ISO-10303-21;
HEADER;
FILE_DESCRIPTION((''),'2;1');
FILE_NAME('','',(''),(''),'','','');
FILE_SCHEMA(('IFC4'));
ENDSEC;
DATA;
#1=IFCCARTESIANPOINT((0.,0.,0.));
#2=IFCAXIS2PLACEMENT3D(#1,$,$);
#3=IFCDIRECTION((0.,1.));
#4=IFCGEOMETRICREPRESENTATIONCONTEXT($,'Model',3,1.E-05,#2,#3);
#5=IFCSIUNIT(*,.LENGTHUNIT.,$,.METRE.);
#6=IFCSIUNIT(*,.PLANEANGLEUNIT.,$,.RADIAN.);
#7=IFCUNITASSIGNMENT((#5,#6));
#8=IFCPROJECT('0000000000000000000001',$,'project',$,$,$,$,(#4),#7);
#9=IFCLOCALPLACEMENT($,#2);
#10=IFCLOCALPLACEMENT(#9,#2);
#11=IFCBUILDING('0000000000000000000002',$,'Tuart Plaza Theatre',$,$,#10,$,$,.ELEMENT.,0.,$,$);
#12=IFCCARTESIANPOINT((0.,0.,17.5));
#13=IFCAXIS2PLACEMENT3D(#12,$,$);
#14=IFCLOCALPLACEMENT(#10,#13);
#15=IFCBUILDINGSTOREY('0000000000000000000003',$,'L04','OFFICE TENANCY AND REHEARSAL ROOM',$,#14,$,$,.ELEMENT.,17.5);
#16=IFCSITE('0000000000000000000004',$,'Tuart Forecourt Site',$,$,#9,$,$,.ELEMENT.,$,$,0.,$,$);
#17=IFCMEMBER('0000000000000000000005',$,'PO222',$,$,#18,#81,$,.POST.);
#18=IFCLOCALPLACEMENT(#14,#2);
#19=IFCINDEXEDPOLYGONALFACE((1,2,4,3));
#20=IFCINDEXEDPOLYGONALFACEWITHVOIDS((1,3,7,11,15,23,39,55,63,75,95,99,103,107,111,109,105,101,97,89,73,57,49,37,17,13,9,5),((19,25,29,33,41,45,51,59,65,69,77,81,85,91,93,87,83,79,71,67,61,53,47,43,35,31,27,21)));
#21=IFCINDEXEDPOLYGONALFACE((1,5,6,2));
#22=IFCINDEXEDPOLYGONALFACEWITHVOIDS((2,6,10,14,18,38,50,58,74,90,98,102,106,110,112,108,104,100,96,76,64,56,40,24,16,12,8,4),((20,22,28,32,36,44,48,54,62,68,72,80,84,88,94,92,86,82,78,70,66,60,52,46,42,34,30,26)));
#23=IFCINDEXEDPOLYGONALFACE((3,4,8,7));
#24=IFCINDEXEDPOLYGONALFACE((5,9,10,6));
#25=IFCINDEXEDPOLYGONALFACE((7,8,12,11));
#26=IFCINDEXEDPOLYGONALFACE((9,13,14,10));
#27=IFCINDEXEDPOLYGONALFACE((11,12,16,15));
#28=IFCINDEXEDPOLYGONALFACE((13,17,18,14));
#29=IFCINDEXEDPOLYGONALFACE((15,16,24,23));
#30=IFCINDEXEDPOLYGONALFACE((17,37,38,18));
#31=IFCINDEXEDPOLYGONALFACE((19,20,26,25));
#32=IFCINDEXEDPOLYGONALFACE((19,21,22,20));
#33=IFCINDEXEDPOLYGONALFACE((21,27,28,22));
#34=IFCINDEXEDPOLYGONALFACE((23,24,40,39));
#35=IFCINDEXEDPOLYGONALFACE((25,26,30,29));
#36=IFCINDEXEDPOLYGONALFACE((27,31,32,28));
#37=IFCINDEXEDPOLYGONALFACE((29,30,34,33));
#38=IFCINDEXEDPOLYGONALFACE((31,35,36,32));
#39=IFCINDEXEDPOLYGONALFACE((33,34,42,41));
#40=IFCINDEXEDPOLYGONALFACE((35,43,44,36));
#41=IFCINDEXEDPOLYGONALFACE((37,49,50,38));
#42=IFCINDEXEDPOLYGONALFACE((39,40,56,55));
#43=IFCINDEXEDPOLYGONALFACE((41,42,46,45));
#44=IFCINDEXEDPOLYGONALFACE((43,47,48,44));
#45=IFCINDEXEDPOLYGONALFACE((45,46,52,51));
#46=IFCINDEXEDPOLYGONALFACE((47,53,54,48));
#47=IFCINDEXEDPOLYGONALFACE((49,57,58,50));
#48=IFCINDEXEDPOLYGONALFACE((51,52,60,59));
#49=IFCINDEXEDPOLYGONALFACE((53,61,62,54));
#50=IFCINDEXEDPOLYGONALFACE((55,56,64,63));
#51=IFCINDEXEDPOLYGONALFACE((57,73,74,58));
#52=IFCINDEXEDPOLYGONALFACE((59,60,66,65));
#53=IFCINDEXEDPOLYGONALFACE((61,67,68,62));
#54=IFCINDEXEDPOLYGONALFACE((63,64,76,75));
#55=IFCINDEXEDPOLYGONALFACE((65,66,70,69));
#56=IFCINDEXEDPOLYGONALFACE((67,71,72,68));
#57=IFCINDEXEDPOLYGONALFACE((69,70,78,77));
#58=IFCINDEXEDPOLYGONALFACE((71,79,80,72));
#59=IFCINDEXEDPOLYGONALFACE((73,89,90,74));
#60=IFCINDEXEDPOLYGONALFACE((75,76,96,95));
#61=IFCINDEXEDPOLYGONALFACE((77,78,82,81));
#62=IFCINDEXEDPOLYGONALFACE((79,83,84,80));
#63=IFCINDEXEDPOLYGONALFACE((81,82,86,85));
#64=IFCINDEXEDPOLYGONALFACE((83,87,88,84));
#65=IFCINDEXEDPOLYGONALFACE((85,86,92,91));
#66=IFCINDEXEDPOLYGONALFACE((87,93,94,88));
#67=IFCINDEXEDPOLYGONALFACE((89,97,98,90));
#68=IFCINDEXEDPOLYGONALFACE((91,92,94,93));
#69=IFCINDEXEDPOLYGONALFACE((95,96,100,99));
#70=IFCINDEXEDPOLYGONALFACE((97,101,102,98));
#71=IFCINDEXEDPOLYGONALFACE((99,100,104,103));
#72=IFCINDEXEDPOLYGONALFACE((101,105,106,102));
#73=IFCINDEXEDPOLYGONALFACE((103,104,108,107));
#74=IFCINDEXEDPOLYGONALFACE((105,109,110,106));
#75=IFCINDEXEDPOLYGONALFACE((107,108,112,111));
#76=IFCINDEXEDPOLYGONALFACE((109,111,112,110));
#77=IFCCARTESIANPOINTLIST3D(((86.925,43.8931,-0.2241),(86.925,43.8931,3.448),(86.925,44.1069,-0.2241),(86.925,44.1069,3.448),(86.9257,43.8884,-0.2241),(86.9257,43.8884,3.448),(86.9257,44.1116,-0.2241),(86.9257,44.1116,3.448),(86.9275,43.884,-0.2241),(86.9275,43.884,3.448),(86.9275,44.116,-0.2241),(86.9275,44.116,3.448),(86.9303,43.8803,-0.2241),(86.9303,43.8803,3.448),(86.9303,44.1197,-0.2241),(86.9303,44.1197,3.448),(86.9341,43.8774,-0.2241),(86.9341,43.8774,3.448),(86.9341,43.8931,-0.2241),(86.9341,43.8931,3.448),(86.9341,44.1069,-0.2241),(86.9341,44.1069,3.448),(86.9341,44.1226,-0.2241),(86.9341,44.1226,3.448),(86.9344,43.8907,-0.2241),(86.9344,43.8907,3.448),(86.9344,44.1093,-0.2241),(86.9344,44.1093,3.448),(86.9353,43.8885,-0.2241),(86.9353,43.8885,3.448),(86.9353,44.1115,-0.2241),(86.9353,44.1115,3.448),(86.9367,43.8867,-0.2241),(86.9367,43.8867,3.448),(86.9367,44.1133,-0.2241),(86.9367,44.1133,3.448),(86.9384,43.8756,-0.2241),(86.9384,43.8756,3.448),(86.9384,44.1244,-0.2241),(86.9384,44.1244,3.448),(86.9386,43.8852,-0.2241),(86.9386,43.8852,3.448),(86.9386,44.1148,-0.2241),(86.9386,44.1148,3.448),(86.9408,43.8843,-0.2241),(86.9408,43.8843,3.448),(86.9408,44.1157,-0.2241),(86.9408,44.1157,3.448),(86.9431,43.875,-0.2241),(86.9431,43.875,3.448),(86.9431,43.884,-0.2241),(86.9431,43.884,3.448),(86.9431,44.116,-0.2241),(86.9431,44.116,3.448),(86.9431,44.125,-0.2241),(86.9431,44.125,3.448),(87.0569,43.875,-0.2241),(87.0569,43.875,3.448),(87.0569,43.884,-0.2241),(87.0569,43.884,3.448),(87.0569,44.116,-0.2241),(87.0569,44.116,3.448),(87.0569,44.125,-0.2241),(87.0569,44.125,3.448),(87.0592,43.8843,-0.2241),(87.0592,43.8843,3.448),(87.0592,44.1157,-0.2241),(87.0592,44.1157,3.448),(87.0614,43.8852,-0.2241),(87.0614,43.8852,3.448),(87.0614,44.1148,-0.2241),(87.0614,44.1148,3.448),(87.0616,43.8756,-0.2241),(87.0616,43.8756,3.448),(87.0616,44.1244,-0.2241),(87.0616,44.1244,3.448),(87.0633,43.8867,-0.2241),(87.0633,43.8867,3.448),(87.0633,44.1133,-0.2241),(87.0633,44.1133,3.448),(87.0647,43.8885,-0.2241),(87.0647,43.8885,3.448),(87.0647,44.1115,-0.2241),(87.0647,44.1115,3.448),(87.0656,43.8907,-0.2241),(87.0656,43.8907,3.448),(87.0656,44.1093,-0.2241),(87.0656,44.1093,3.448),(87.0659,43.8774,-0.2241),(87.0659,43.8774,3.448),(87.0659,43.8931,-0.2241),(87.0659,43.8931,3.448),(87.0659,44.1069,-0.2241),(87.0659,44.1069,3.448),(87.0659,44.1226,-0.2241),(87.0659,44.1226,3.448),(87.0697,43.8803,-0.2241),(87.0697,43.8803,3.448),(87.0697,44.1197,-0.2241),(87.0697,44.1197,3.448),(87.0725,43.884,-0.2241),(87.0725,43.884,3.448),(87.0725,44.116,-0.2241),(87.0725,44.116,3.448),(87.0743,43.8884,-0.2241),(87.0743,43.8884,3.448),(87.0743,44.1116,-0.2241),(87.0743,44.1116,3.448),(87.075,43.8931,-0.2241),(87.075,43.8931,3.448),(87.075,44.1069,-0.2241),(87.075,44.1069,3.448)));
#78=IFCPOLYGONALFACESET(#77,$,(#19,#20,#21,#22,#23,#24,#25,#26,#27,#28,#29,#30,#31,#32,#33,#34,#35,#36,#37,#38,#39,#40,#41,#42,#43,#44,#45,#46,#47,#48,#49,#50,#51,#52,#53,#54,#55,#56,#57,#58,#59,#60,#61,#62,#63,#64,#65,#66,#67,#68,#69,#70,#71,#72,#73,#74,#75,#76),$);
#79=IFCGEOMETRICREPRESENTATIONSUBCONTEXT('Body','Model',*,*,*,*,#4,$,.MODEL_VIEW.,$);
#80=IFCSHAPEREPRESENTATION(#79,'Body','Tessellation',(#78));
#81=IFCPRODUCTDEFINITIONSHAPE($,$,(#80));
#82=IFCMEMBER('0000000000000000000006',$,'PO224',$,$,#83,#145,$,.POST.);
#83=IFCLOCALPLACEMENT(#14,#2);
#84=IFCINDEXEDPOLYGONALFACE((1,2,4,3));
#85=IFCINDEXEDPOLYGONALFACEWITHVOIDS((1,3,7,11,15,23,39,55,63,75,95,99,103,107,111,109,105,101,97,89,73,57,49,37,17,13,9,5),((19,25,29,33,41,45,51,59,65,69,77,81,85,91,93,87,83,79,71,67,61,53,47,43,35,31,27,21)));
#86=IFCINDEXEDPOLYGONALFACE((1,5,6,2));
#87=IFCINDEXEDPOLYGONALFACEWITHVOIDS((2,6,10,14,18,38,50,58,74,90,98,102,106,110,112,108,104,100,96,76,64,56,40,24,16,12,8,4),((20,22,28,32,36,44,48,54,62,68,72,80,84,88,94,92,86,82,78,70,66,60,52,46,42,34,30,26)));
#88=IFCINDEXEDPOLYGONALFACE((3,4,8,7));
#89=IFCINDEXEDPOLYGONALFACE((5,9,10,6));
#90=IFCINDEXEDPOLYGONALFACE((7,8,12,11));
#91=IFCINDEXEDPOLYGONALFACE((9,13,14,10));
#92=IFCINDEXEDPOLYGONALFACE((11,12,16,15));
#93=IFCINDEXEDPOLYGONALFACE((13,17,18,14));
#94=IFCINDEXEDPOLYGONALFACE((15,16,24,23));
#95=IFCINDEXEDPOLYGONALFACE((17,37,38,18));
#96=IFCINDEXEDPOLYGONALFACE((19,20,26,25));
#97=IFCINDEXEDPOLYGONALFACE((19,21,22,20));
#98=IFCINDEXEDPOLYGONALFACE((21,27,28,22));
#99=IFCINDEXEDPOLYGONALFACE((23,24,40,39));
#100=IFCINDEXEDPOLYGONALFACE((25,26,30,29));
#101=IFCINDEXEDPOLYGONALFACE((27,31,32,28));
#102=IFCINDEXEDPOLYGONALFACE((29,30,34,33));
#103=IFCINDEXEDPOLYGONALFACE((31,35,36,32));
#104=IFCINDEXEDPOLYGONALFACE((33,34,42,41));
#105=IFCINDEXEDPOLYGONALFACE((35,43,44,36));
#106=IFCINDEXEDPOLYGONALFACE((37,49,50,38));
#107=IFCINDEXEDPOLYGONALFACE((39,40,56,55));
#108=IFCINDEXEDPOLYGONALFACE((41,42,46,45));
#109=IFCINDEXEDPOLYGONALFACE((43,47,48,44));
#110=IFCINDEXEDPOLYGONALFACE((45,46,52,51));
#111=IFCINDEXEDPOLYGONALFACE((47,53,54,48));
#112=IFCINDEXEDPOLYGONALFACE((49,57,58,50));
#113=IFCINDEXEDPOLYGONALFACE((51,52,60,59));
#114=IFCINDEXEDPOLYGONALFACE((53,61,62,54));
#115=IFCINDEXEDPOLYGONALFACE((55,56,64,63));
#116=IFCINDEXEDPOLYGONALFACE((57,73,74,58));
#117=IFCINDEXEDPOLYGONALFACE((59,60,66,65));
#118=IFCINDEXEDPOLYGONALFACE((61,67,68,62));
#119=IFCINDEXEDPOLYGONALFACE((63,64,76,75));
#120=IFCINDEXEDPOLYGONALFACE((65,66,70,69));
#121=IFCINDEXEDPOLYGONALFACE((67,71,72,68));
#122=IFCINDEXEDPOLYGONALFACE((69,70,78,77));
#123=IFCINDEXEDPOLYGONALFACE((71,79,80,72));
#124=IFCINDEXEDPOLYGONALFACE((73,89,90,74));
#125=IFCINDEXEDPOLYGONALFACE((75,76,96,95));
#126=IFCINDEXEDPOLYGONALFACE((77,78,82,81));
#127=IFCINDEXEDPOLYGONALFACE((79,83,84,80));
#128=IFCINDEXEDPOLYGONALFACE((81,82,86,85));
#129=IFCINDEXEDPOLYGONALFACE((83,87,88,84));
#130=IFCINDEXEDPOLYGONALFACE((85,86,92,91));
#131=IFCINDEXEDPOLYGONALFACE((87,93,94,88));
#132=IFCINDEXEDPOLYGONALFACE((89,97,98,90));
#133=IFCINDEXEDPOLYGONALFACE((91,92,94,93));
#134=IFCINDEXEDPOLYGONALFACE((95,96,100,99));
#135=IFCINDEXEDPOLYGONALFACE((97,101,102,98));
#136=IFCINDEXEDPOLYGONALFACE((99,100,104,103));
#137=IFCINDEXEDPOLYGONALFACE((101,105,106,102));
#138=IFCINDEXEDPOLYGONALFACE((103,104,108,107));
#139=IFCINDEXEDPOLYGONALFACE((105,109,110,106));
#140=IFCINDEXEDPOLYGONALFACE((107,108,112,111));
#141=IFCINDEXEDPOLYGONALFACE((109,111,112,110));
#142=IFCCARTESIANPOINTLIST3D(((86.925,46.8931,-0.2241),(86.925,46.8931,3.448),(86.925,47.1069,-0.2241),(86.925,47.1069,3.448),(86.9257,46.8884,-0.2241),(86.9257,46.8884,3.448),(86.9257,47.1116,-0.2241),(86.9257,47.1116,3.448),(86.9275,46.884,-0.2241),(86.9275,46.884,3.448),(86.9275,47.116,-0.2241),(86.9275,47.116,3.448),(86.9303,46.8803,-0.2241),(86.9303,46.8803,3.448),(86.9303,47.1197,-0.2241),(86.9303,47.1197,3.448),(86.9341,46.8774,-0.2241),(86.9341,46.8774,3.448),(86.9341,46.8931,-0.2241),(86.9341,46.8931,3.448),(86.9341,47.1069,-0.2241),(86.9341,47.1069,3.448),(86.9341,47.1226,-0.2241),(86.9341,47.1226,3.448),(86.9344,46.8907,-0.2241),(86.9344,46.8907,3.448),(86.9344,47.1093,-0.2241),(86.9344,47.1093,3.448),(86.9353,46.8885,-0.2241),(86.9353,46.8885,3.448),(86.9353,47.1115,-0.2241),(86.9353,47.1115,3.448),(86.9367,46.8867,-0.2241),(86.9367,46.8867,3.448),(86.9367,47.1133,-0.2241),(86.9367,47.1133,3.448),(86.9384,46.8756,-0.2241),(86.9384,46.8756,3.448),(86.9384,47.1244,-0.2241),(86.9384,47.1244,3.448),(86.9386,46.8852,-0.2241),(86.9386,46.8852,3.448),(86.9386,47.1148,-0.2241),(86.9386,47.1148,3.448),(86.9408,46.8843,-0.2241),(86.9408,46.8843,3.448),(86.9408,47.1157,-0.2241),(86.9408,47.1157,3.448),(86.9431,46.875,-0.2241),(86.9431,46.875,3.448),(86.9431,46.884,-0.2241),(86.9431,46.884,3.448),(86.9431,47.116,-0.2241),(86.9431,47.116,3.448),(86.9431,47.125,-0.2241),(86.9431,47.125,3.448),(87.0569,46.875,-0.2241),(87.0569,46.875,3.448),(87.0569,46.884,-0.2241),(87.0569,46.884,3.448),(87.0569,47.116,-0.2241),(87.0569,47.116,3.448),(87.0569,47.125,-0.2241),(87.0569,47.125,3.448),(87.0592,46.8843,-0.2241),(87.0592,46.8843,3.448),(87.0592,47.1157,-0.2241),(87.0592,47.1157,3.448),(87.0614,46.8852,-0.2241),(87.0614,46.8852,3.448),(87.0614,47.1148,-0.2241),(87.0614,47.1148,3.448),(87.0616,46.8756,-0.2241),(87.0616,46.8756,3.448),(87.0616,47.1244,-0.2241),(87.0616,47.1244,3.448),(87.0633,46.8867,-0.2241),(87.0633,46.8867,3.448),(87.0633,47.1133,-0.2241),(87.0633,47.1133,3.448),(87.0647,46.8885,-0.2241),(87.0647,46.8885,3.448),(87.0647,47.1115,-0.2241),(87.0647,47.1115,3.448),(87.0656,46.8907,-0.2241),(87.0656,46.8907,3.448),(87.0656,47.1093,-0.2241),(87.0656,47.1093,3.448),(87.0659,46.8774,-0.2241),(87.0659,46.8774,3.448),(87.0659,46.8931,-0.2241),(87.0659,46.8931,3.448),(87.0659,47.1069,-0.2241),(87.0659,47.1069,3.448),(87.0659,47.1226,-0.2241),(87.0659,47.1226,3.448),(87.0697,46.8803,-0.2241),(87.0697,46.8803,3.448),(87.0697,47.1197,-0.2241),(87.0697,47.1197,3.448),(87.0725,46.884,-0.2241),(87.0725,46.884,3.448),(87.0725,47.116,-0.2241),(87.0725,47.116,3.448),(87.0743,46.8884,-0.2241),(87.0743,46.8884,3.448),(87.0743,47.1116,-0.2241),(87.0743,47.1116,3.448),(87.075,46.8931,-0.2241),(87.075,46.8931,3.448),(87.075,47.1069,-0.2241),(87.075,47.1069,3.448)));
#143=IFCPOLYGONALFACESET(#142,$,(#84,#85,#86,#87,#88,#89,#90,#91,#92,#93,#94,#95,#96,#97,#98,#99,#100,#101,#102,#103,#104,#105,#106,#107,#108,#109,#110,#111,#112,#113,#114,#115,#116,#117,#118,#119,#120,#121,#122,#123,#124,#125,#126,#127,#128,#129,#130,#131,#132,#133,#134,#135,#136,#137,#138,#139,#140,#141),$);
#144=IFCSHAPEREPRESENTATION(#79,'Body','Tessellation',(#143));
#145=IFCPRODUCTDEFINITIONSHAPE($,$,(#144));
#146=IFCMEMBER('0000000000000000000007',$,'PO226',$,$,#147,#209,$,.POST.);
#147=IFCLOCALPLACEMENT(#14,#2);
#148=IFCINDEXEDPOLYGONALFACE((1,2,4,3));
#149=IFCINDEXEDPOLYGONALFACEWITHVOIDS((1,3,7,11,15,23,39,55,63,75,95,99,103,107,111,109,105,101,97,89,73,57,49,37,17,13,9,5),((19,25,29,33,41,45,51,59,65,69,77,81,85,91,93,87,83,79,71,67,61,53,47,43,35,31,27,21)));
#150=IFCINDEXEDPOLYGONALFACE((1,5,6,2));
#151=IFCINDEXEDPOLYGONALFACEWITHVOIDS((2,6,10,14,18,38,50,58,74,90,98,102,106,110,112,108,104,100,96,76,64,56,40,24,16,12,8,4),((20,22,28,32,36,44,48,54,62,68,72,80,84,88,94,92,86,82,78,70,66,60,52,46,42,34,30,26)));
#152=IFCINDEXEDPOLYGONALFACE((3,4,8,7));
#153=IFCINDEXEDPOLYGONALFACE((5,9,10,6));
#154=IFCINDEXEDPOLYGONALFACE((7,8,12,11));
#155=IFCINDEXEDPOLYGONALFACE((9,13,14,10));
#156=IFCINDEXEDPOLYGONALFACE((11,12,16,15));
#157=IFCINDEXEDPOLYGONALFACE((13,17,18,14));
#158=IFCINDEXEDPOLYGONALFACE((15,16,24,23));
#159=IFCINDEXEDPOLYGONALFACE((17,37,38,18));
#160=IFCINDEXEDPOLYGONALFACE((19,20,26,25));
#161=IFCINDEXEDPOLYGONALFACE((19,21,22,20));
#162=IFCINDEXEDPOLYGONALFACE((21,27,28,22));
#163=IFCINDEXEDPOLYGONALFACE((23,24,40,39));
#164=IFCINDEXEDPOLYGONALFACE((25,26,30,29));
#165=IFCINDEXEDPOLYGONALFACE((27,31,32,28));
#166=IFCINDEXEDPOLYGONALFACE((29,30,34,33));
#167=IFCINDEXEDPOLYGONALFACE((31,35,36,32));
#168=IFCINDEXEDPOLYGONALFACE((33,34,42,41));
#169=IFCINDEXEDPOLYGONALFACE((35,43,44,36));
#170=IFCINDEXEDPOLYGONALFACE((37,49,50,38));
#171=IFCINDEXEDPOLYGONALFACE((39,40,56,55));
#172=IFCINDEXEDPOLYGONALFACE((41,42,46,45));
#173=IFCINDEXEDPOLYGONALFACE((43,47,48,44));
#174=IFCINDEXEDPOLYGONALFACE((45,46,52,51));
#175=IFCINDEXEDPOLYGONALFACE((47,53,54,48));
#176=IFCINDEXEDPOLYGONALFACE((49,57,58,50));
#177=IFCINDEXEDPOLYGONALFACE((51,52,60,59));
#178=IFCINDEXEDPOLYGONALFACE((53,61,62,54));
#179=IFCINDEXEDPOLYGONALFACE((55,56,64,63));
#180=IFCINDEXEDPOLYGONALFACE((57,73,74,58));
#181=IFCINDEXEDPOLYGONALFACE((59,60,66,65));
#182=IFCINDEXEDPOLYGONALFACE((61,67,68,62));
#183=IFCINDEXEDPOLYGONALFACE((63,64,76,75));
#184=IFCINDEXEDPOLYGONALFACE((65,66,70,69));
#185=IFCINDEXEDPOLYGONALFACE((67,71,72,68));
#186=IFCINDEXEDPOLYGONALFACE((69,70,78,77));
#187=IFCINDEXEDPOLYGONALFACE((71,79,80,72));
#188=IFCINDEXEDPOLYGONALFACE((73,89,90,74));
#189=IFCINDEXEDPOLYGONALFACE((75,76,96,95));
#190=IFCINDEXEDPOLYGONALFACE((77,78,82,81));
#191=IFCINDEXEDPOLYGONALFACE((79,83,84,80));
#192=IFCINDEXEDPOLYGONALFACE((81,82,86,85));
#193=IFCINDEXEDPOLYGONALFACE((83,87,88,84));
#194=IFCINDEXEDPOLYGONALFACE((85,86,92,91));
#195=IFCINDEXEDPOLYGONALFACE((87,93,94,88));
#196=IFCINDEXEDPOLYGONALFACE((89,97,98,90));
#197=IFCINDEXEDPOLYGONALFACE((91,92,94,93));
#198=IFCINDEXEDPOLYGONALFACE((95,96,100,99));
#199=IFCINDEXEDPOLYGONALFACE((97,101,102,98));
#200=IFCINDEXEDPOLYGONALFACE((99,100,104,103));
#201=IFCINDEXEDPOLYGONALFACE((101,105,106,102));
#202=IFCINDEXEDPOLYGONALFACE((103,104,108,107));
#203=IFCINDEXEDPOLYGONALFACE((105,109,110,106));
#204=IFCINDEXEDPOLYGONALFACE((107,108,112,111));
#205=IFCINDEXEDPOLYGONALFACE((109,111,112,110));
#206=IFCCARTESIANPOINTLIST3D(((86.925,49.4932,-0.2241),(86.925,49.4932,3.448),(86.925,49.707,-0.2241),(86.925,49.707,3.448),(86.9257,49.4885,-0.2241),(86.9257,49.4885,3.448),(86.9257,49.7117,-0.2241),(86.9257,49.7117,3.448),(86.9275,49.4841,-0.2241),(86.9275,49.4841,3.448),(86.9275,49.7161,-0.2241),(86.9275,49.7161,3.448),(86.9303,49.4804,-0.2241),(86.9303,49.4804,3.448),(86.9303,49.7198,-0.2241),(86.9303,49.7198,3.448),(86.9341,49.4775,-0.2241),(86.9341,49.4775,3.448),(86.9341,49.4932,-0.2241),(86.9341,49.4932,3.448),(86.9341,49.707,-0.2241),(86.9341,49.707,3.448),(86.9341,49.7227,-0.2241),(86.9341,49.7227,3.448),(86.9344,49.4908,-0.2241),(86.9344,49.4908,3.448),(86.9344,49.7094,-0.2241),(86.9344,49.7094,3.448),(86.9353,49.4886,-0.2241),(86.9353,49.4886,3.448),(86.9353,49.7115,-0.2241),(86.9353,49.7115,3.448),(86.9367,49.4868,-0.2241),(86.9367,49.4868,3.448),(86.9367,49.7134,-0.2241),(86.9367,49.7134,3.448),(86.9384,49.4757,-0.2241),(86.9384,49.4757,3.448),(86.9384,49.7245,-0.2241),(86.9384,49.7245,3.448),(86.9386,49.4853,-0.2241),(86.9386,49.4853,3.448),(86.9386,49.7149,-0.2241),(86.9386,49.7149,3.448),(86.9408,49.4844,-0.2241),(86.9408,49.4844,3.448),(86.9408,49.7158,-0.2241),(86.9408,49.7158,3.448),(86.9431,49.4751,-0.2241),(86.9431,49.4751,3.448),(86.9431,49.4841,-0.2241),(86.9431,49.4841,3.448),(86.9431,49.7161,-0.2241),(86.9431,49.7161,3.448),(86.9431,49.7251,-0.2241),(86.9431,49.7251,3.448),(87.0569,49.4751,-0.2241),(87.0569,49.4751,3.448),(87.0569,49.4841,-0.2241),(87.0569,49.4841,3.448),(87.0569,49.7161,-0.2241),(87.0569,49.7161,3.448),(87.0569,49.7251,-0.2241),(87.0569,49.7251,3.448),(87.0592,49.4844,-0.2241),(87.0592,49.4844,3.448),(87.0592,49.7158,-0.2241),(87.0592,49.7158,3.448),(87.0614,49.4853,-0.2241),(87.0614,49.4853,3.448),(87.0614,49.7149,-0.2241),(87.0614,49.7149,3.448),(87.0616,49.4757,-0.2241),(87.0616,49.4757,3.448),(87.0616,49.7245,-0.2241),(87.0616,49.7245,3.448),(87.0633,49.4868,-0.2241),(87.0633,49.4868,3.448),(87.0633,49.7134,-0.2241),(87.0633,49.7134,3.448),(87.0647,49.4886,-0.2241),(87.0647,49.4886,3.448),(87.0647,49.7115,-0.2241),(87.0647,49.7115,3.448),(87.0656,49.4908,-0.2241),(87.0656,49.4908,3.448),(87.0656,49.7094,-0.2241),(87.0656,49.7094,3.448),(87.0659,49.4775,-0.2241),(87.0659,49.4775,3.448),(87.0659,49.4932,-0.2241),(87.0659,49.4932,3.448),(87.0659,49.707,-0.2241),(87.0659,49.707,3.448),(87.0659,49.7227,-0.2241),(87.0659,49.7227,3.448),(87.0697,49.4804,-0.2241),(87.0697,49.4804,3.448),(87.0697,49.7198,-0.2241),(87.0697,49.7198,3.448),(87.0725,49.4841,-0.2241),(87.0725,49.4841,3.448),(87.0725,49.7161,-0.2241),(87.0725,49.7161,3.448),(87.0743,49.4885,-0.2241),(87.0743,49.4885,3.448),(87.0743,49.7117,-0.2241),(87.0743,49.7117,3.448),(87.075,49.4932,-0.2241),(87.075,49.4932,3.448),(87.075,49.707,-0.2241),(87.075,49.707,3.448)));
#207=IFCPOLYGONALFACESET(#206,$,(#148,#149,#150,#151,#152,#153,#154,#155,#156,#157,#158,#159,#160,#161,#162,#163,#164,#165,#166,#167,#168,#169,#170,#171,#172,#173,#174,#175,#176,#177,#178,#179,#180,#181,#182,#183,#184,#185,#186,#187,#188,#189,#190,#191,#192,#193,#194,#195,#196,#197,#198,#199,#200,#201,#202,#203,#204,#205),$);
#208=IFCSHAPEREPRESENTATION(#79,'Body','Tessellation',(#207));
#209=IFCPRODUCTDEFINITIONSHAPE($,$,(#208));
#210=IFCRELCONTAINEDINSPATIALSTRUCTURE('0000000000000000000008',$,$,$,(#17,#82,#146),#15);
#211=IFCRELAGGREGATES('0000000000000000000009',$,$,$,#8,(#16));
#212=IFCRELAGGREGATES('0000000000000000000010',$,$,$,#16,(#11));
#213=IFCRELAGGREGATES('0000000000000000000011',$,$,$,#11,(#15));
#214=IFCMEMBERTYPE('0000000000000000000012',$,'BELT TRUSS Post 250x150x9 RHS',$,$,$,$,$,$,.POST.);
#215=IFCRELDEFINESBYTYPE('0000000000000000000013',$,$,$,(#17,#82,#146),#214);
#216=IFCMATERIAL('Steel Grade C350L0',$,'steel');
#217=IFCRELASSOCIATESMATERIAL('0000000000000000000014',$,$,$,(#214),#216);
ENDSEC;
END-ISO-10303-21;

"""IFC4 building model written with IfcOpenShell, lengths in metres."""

from ifc_helpers import new_model, si_unit, direction, frame, origin, origin_2d, place, context, subcontext, project, spatial, hollow_rectangle, extrude, material, material_profile, profile_set, type_object, element, save


model = new_model("IFC4")

# Units and contexts
model_context = context("Model", 3, precision=1e-05, world=origin(), true_north=direction((0.0, 1.0)))
body_context = subcontext(model_context, "Body", "Model", "MODEL_VIEW")
ifc_project = project(units=[si_unit("LENGTHUNIT", "METRE"), si_unit("PLANEANGLEUNIT", "RADIAN")], contexts=[model_context])

# Site, building, storey
site_placement = place(None, origin())
site = spatial("IfcSite", under=ifc_project, at=site_placement, Name="Tuart Forecourt Site", CompositionType="ELEMENT", RefElevation=0.0)
building_placement = place(site_placement, origin())
building = spatial("IfcBuilding", under=site, at=building_placement, Name="Tuart Plaza Theatre", CompositionType="ELEMENT", ElevationOfRefHeight=0.0)
storey_placement = place(building_placement, frame((0.0, 0.0, 17.5)))
storey = spatial("IfcBuildingStorey", under=building, at=storey_placement, Name="L04", Description="OFFICE TENANCY AND REHEARSAL ROOM", CompositionType="ELEMENT", Elevation=17.5)

# Members
ifc_material_1 = material(Name="Steel Grade C350L0", Category="steel")
ifc_material_profile_1 = material_profile(ifc_material_1, hollow_rectangle(XDim=0.1499, YDim=0.25, WallThickness=0.009, InnerFilletRadius=0.009, OuterFilletRadius=0.0181, at=origin_2d()), Name="250x150x9 RHS")
ifc_profile_set_1 = profile_set([ifc_material_profile_1], Name="Steel Grade C350L0")
member_type_1 = type_object("IfcMemberType", Name="BELT TRUSS Post 250x150x9 RHS", PredefinedType="POST", material=ifc_profile_set_1)
for number, where, z_axis, x_axis, name in (
    (1, (87.0, 44.0, -0.2241), (0.0, 0.0, 1.0), (1.0, 0.0, 0.0), "PO222"),
    (2, (87.0, 47.0, -0.2241), (0.0, 0.0, 1.0), (1.0, 0.0, 0.0), "PO224"),
    (3, (87.0, 49.6001, -0.2241), (0.0, 0.0, 1.0), (1.0, 0.0, 0.0), "PO226"),
):
    element("IfcMember", number, at=place(storey_placement, frame(where, z_axis=z_axis, x_axis=x_axis)), inside=storey, type_object=member_type_1, Name=name, PredefinedType="POST", context=body_context, shape_type="SweptSolid", body=[
        extrude(hollow_rectangle(XDim=0.1499, YDim=0.25, WallThickness=0.009, InnerFilletRadius=0.009, OuterFilletRadius=0.0181, at=origin_2d()), origin(), (0.0, 0.0, 1.0), 3.6721),
    ])

save(model, "model.ifc")
